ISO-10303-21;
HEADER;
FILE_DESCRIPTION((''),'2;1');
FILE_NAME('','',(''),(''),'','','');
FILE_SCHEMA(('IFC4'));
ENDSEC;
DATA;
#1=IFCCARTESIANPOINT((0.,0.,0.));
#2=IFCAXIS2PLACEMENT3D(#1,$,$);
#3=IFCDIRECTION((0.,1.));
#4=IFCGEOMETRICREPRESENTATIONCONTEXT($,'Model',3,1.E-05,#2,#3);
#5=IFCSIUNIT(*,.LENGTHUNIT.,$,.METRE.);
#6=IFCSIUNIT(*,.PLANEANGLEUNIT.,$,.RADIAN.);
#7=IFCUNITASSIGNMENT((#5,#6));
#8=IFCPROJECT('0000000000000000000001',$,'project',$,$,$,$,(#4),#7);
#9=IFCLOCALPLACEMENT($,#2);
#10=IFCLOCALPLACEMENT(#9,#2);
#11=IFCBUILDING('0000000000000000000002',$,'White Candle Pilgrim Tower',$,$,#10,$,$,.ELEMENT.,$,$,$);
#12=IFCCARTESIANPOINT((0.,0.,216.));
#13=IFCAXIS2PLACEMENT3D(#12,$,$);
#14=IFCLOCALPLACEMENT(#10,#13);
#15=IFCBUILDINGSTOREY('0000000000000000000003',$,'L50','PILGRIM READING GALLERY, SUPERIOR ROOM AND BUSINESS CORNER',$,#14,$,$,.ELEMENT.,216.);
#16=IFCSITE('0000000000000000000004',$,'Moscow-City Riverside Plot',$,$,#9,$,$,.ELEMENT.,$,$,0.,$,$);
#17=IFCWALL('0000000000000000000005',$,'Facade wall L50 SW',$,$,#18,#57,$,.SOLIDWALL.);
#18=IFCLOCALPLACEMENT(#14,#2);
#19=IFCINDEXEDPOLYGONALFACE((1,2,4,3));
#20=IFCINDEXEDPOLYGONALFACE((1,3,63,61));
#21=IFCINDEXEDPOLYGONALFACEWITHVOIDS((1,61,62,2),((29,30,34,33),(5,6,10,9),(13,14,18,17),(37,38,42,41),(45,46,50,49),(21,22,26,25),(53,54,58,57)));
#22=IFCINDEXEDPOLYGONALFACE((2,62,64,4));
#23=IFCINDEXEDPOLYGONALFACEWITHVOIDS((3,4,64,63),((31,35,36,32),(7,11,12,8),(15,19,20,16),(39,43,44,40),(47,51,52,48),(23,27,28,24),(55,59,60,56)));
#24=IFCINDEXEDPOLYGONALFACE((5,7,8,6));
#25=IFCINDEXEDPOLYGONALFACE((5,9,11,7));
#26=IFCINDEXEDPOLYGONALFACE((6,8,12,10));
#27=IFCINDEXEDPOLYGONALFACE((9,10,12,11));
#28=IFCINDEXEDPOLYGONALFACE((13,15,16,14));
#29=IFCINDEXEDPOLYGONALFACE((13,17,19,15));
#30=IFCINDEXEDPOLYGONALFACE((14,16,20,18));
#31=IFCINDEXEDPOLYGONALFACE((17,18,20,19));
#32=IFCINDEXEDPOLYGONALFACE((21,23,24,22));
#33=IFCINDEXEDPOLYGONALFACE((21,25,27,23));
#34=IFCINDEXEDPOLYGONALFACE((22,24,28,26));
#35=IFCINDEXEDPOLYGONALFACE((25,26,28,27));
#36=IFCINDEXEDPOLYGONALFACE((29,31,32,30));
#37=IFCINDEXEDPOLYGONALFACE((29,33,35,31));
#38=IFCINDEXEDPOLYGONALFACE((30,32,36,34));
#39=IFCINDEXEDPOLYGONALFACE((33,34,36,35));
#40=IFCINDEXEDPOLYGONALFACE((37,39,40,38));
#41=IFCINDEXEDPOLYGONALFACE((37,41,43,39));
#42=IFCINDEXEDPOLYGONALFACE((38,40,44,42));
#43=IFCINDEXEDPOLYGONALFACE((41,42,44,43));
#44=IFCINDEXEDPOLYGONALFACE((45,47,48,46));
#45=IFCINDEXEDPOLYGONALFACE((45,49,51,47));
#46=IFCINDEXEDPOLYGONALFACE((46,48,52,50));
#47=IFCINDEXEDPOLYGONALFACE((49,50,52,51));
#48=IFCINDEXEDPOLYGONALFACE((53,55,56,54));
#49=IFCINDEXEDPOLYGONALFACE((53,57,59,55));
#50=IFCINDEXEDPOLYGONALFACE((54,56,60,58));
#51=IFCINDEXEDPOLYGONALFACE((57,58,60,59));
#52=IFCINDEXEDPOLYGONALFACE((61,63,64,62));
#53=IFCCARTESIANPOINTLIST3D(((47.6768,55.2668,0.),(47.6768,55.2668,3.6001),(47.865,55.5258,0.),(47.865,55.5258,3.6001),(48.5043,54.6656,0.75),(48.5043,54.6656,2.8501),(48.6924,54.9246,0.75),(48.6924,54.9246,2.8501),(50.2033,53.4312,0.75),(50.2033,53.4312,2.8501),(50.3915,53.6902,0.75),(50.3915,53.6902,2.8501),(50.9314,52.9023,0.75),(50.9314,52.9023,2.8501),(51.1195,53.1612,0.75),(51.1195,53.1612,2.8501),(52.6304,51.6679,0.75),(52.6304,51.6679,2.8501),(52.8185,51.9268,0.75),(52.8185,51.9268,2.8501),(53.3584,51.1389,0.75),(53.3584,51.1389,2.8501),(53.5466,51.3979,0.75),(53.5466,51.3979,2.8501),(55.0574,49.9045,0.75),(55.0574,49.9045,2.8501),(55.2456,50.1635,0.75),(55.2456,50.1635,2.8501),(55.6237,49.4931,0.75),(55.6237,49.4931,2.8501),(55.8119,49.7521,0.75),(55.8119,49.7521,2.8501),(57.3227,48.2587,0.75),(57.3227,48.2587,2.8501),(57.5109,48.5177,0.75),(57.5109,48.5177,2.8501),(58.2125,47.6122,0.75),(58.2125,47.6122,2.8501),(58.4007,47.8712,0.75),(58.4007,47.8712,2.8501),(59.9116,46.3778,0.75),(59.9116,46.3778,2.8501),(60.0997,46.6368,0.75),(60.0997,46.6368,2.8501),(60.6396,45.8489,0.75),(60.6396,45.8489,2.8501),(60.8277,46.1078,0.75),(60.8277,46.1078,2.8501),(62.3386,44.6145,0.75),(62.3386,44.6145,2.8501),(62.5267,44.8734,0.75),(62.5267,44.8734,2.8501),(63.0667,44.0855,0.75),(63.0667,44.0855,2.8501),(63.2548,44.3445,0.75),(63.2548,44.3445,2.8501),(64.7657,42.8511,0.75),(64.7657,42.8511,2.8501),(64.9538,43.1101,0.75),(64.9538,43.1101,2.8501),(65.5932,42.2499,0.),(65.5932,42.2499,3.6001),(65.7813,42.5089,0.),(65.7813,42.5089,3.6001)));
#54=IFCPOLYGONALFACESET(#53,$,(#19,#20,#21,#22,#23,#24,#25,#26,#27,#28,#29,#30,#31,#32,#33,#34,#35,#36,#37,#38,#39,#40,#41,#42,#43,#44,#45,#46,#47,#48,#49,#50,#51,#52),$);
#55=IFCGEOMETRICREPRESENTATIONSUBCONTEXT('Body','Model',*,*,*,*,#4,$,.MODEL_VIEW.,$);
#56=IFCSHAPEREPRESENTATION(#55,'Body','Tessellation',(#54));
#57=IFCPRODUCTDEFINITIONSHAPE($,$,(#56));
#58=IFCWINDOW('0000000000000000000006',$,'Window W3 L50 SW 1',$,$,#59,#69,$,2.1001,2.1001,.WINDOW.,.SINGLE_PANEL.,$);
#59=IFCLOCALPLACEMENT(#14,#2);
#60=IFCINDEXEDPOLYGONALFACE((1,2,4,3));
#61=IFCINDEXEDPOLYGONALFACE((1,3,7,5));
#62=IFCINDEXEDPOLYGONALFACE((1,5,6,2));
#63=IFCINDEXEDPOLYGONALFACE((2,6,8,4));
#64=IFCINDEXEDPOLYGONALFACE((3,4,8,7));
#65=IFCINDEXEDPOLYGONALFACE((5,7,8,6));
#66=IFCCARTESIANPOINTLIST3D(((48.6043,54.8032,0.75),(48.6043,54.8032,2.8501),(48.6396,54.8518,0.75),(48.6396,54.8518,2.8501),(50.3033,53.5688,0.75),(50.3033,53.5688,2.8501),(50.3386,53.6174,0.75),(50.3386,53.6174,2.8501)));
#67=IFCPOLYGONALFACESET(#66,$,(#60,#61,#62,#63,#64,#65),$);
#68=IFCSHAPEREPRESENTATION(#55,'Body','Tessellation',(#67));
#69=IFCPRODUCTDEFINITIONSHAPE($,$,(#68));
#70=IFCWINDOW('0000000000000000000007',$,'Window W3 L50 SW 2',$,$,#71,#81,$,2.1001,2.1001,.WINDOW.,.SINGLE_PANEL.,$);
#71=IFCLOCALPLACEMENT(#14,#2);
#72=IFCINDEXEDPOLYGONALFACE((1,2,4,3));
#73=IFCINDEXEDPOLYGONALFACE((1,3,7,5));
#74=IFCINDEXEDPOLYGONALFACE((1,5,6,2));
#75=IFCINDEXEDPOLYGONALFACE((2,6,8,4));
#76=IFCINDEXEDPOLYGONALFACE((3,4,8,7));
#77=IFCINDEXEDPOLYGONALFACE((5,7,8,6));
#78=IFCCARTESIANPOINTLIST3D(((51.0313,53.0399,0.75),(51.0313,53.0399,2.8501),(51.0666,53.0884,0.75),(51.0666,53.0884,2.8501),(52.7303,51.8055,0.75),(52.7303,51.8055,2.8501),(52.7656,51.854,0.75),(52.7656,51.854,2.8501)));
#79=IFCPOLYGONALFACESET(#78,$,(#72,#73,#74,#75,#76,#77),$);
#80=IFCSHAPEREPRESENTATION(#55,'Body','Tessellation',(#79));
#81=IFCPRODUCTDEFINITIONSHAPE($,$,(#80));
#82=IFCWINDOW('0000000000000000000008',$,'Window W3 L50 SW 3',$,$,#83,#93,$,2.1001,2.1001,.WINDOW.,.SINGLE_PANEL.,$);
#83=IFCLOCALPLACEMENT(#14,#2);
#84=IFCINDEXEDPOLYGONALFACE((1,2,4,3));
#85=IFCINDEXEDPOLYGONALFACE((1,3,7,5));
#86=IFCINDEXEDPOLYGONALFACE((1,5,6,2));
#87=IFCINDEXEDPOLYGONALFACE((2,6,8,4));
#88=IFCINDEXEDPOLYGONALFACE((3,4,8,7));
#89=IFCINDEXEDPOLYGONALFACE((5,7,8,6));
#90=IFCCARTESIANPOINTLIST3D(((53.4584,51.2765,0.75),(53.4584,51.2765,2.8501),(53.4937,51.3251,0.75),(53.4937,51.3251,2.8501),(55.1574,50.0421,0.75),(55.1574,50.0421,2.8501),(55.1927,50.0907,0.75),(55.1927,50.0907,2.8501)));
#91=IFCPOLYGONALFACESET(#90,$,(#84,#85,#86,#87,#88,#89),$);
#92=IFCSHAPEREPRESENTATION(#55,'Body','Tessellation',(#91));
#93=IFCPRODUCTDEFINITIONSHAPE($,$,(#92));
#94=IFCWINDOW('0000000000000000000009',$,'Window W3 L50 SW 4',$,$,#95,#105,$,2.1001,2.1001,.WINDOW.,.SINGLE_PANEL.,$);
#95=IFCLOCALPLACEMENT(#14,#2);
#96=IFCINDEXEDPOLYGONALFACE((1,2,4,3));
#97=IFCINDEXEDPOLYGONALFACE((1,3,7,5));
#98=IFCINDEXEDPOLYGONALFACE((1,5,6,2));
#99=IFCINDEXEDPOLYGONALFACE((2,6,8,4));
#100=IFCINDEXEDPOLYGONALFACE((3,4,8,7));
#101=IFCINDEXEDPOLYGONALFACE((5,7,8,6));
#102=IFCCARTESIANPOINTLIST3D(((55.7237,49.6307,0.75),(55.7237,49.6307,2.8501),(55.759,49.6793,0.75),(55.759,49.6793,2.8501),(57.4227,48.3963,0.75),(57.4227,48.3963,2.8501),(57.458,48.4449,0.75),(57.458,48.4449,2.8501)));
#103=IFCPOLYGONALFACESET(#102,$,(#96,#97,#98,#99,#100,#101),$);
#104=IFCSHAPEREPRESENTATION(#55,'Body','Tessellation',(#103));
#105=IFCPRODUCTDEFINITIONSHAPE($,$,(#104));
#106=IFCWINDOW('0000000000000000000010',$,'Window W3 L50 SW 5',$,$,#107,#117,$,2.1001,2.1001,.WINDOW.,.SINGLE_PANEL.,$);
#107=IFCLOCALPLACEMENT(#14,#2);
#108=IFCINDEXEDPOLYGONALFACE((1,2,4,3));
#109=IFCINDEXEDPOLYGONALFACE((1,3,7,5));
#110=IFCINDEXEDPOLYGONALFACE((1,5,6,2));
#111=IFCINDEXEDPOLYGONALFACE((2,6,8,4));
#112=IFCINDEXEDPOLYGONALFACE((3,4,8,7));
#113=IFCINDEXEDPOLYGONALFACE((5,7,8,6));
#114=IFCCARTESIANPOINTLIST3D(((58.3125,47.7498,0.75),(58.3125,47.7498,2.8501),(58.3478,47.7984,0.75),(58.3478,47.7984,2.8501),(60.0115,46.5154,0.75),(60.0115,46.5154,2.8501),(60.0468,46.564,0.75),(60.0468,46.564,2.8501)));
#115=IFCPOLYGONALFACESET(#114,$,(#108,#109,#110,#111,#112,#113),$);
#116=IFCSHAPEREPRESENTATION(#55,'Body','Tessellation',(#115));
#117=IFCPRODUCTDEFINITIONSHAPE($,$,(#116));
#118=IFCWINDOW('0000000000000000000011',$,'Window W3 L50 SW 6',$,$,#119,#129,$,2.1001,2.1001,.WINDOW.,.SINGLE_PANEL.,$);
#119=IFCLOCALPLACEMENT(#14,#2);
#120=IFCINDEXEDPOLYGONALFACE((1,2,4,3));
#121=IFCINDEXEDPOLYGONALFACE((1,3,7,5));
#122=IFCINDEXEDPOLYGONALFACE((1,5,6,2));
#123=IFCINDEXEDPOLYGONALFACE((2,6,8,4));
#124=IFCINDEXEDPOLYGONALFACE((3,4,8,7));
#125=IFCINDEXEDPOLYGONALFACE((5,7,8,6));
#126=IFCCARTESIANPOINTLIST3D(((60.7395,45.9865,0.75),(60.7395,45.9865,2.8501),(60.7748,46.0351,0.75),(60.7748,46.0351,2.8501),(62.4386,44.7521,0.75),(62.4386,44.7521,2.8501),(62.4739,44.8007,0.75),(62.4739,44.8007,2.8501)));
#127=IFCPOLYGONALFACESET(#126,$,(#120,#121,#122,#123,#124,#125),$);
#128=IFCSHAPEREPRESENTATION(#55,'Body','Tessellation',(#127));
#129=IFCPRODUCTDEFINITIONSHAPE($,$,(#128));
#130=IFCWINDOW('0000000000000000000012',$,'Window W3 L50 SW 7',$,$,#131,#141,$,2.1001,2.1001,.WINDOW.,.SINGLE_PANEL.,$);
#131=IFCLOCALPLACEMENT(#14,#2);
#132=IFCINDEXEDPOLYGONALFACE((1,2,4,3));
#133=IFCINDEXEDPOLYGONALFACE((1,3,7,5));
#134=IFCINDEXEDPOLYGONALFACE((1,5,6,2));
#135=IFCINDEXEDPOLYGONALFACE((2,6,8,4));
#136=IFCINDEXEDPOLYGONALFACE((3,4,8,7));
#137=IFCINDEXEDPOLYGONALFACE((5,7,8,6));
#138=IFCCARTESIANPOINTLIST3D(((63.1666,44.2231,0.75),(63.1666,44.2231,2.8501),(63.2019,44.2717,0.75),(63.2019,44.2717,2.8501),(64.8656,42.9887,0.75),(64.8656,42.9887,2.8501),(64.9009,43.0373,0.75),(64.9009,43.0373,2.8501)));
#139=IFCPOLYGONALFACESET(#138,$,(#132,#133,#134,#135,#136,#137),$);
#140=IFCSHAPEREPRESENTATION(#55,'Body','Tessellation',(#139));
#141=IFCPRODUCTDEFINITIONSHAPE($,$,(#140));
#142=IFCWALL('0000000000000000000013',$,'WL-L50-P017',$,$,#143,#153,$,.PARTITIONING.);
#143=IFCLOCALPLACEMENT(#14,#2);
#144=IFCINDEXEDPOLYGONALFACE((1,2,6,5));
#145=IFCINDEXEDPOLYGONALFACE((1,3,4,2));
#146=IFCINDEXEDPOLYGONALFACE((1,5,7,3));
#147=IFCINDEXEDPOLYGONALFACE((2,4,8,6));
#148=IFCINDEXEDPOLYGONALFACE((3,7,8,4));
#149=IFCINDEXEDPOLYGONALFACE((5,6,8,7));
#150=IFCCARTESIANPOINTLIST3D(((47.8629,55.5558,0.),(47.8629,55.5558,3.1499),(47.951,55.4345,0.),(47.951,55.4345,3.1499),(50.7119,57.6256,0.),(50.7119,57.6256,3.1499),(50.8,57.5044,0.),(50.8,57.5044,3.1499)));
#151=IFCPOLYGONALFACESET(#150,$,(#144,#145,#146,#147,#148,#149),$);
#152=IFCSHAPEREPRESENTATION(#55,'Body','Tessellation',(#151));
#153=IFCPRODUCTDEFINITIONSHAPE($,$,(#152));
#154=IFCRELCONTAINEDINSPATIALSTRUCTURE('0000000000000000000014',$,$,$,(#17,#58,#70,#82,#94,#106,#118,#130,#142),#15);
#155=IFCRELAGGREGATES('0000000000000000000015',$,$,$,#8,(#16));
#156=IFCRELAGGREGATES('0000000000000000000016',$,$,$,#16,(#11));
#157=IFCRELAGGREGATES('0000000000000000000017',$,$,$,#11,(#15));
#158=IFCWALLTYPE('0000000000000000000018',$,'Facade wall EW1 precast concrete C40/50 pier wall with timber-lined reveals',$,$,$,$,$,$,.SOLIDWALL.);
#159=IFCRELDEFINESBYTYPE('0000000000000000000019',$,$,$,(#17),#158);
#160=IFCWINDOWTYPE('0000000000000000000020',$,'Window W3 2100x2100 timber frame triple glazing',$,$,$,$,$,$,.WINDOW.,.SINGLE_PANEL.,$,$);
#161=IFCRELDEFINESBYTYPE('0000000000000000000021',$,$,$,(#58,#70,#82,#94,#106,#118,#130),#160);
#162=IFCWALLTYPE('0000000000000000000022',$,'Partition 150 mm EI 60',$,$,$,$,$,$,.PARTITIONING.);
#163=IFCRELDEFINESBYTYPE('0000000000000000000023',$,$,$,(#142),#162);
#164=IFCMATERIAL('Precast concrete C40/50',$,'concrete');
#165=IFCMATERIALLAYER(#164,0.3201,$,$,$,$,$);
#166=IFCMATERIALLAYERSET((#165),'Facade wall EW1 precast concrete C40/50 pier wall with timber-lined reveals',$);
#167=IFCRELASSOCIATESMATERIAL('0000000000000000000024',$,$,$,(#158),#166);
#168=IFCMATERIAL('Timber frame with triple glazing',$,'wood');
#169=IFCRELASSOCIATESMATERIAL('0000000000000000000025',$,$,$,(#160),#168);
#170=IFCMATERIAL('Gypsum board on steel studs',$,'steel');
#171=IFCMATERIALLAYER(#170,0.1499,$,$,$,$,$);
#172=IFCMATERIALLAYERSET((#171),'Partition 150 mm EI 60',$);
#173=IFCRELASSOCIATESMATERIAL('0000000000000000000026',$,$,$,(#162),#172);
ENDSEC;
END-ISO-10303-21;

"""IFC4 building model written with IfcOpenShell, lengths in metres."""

from ifc_helpers import new_model, si_unit, direction, frame, frame_2d, origin, place, context, subcontext, project, spatial, rectangle, extrude, material, layer, layer_set, type_object, element, fill, save


model = new_model("IFC4")

# Units and contexts
model_context = context("Model", 3, precision=1e-05, world=origin(), true_north=direction((0.0, 1.0)))
body_context = subcontext(model_context, "Body", "Model", "MODEL_VIEW")
ifc_project = project(units=[si_unit("LENGTHUNIT", "METRE"), si_unit("PLANEANGLEUNIT", "RADIAN")], contexts=[model_context])

# Site, building, storey
site_placement = place(None, origin())
site = spatial("IfcSite", under=ifc_project, at=site_placement, Name="Moscow-City Riverside Plot", CompositionType="ELEMENT", RefElevation=0.0)
building_placement = place(site_placement, origin())
building = spatial("IfcBuilding", under=site, at=building_placement, Name="White Candle Pilgrim Tower", CompositionType="ELEMENT")
storey_placement = place(building_placement, frame((0.0, 0.0, 216.0)))
storey = spatial("IfcBuildingStorey", under=building, at=storey_placement, Name="L50", Description="PILGRIM READING GALLERY, SUPERIOR ROOM AND BUSINESS CORNER", CompositionType="ELEMENT", Elevation=216.0)

# Shared definitions
ifc_material_1 = material(Name="Gypsum board on steel studs", Category="steel")

# Wall, openings, windows
ifc_material_2 = material(Name="Precast concrete C40/50", Category="concrete")
ifc_layer_1 = layer(ifc_material_2, 0.3201)
ifc_layer_set_1 = layer_set([ifc_layer_1], Name="Facade wall EW1 precast concrete C40/50 pier wall with timber-lined reveals")
wall_type_1 = type_object("IfcWallType", Name="Facade wall EW1 precast concrete C40/50 pier wall with timber-lined reveals", PredefinedType="SOLIDWALL", material=ifc_layer_set_1)
ifc_material_3 = material(Name="Timber frame with triple glazing", Category="wood")
wall_1_placement = place(storey_placement, frame((47.771, 55.3962, 0.0), z_axis=(0.0, 0.0, 1.0), x_axis=(0.809019, -0.587783, 0.0)))
wall_1 = element("IfcWall", 1, at=wall_1_placement, inside=storey, type_object=wall_type_1, Name="Facade wall L50 SW", PredefinedType="SOLIDWALL", context=body_context, shape_type="SweptSolid", body=[
    extrude(rectangle(XDim=22.1458, YDim=0.3201, at=frame_2d((11.0728, 0.0))), origin(), (0.0, 0.0, 1.0), 3.6001),
])
opening_1_placement = place(wall_1_placement, frame((1.0227, 0.0, 0.75)))
opening_1 = element("IfcOpeningElement", 2, at=opening_1_placement, cuts=wall_1, PredefinedType="OPENING", context=body_context, shape_type="SweptSolid", body=[
    extrude(rectangle(XDim=2.1001, YDim=2.1001, at=frame_2d((1.05, 1.05))), frame((0.0, 0.1699, 0.0), z_axis=(0.0, -1.0, 0.0), x_axis=(1.0, 0.0, 0.0)), (0.0, 0.0, 1.0), 0.3401),
])
opening_2_placement = place(wall_1_placement, frame((4.0227, 0.0, 0.75)))
opening_2 = element("IfcOpeningElement", 3, at=opening_2_placement, cuts=wall_1, PredefinedType="OPENING", context=body_context, shape_type="SweptSolid", body=[
    extrude(rectangle(XDim=2.1001, YDim=2.1001, at=frame_2d((1.05, 1.05))), frame((0.0, 0.1699, 0.0), z_axis=(0.0, -1.0, 0.0), x_axis=(1.0, 0.0, 0.0)), (0.0, 0.0, 1.0), 0.3401),
])
opening_3_placement = place(wall_1_placement, frame((7.0227, 0.0, 0.75)))
opening_3 = element("IfcOpeningElement", 4, at=opening_3_placement, cuts=wall_1, PredefinedType="OPENING", context=body_context, shape_type="SweptSolid", body=[
    extrude(rectangle(XDim=2.1001, YDim=2.1001, at=frame_2d((1.05, 1.05))), frame((0.0, 0.1699, 0.0), z_axis=(0.0, -1.0, 0.0), x_axis=(1.0, 0.0, 0.0)), (0.0, 0.0, 1.0), 0.3401),
])
opening_4_placement = place(wall_1_placement, frame((9.8228, 0.0, 0.75)))
opening_4 = element("IfcOpeningElement", 5, at=opening_4_placement, cuts=wall_1, PredefinedType="OPENING", context=body_context, shape_type="SweptSolid", body=[
    extrude(rectangle(XDim=2.1001, YDim=2.1001, at=frame_2d((1.05, 1.05))), frame((0.0, 0.1699, 0.0), z_axis=(0.0, -1.0, 0.0), x_axis=(1.0, 0.0, 0.0)), (0.0, 0.0, 1.0), 0.3401),
])
opening_5_placement = place(wall_1_placement, frame((13.0227, 0.0, 0.75)))
opening_5 = element("IfcOpeningElement", 6, at=opening_5_placement, cuts=wall_1, PredefinedType="OPENING", context=body_context, shape_type="SweptSolid", body=[
    extrude(rectangle(XDim=2.1001, YDim=2.1001, at=frame_2d((1.05, 1.05))), frame((0.0, 0.1699, 0.0), z_axis=(0.0, -1.0, 0.0), x_axis=(1.0, 0.0, 0.0)), (0.0, 0.0, 1.0), 0.3401),
])
opening_6_placement = place(wall_1_placement, frame((16.0227, 0.0, 0.75)))
opening_6 = element("IfcOpeningElement", 7, at=opening_6_placement, cuts=wall_1, PredefinedType="OPENING", context=body_context, shape_type="SweptSolid", body=[
    extrude(rectangle(XDim=2.1001, YDim=2.1001, at=frame_2d((1.05, 1.05))), frame((0.0, 0.1699, 0.0), z_axis=(0.0, -1.0, 0.0), x_axis=(1.0, 0.0, 0.0)), (0.0, 0.0, 1.0), 0.3401),
])
opening_7_placement = place(wall_1_placement, frame((19.0227, 0.0, 0.75)))
opening_7 = element("IfcOpeningElement", 8, at=opening_7_placement, cuts=wall_1, PredefinedType="OPENING", context=body_context, shape_type="SweptSolid", body=[
    extrude(rectangle(XDim=2.1001, YDim=2.1001, at=frame_2d((1.05, 1.05))), frame((0.0, 0.1699, 0.0), z_axis=(0.0, -1.0, 0.0), x_axis=(1.0, 0.0, 0.0)), (0.0, 0.0, 1.0), 0.3401),
])
window_type_1 = type_object("IfcWindowType", Name="Window W3 2100x2100 timber frame triple glazing", PartitioningType="SINGLE_PANEL", PredefinedType="WINDOW", material=ifc_material_3)
window_1_placement = place(opening_1_placement, origin())
window_1 = element("IfcWindow", 9, at=window_1_placement, inside=storey, type_object=window_type_1, Name="Window W3 L50 SW 1", OverallHeight=2.1001, OverallWidth=2.1001, PartitioningType="SINGLE_PANEL", PredefinedType="WINDOW", context=body_context, shape_type="SweptSolid", body=[
    extrude(rectangle(XDim=2.1001, YDim=2.1001, at=frame_2d((1.05, 1.05))), frame((0.0, 0.0701, 0.0), z_axis=(0.0, -1.0, 0.0), x_axis=(1.0, 0.0, 0.0)), (0.0, 0.0, 1.0), 0.0601),
])
fill(opening_1, window_1)
window_2_placement = place(opening_2_placement, origin())
window_2 = element("IfcWindow", 10, at=window_2_placement, inside=storey, type_object=window_type_1, Name="Window W3 L50 SW 2", OverallHeight=2.1001, OverallWidth=2.1001, PartitioningType="SINGLE_PANEL", PredefinedType="WINDOW", context=body_context, shape_type="SweptSolid", body=[
    extrude(rectangle(XDim=2.1001, YDim=2.1001, at=frame_2d((1.05, 1.05))), frame((0.0, 0.0701, 0.0), z_axis=(0.0, -1.0, 0.0), x_axis=(1.0, 0.0, 0.0)), (0.0, 0.0, 1.0), 0.0601),
])
fill(opening_2, window_2)
window_3_placement = place(opening_3_placement, origin())
window_3 = element("IfcWindow", 11, at=window_3_placement, inside=storey, type_object=window_type_1, Name="Window W3 L50 SW 3", OverallHeight=2.1001, OverallWidth=2.1001, PartitioningType="SINGLE_PANEL", PredefinedType="WINDOW", context=body_context, shape_type="SweptSolid", body=[
    extrude(rectangle(XDim=2.1001, YDim=2.1001, at=frame_2d((1.05, 1.05))), frame((0.0, 0.0701, 0.0), z_axis=(0.0, -1.0, 0.0), x_axis=(1.0, 0.0, 0.0)), (0.0, 0.0, 1.0), 0.0601),
])
fill(opening_3, window_3)
window_4_placement = place(opening_4_placement, origin())
window_4 = element("IfcWindow", 12, at=window_4_placement, inside=storey, type_object=window_type_1, Name="Window W3 L50 SW 4", OverallHeight=2.1001, OverallWidth=2.1001, PartitioningType="SINGLE_PANEL", PredefinedType="WINDOW", context=body_context, shape_type="SweptSolid", body=[
    extrude(rectangle(XDim=2.1001, YDim=2.1001, at=frame_2d((1.05, 1.05))), frame((0.0, 0.0701, 0.0), z_axis=(0.0, -1.0, 0.0), x_axis=(1.0, 0.0, 0.0)), (0.0, 0.0, 1.0), 0.0601),
])
fill(opening_4, window_4)
window_5_placement = place(opening_5_placement, origin())
window_5 = element("IfcWindow", 13, at=window_5_placement, inside=storey, type_object=window_type_1, Name="Window W3 L50 SW 5", OverallHeight=2.1001, OverallWidth=2.1001, PartitioningType="SINGLE_PANEL", PredefinedType="WINDOW", context=body_context, shape_type="SweptSolid", body=[
    extrude(rectangle(XDim=2.1001, YDim=2.1001, at=frame_2d((1.05, 1.05))), frame((0.0, 0.0701, 0.0), z_axis=(0.0, -1.0, 0.0), x_axis=(1.0, 0.0, 0.0)), (0.0, 0.0, 1.0), 0.0601),
])
fill(opening_5, window_5)
window_6_placement = place(opening_6_placement, origin())
window_6 = element("IfcWindow", 14, at=window_6_placement, inside=storey, type_object=window_type_1, Name="Window W3 L50 SW 6", OverallHeight=2.1001, OverallWidth=2.1001, PartitioningType="SINGLE_PANEL", PredefinedType="WINDOW", context=body_context, shape_type="SweptSolid", body=[
    extrude(rectangle(XDim=2.1001, YDim=2.1001, at=frame_2d((1.05, 1.05))), frame((0.0, 0.0701, 0.0), z_axis=(0.0, -1.0, 0.0), x_axis=(1.0, 0.0, 0.0)), (0.0, 0.0, 1.0), 0.0601),
])
fill(opening_6, window_6)
window_7_placement = place(opening_7_placement, origin())
window_7 = element("IfcWindow", 15, at=window_7_placement, inside=storey, type_object=window_type_1, Name="Window W3 L50 SW 7", OverallHeight=2.1001, OverallWidth=2.1001, PartitioningType="SINGLE_PANEL", PredefinedType="WINDOW", context=body_context, shape_type="SweptSolid", body=[
    extrude(rectangle(XDim=2.1001, YDim=2.1001, at=frame_2d((1.05, 1.05))), frame((0.0, 0.0701, 0.0), z_axis=(0.0, -1.0, 0.0), x_axis=(1.0, 0.0, 0.0)), (0.0, 0.0, 1.0), 0.0601),
])
fill(opening_7, window_7)

# Wall
ifc_layer_2 = layer(ifc_material_1, 0.1499)
ifc_layer_set_2 = layer_set([ifc_layer_2], Name="Partition 150 mm EI 60")
wall_type_2 = type_object("IfcWallType", Name="Partition 150 mm EI 60", PredefinedType="PARTITIONING", material=ifc_layer_set_2)
wall_2_placement = place(storey_placement, frame((47.907, 55.4951, 0.0), z_axis=(0.0, 0.0, 1.0), x_axis=(0.809018, 0.587784, 0.0)))
element("IfcWall", 16, at=wall_2_placement, inside=storey, type_object=wall_type_2, Name="WL-L50-P017", PredefinedType="PARTITIONING", context=body_context, shape_type="SweptSolid", body=[
    extrude(rectangle(XDim=3.5215, YDim=0.1499, at=frame_2d((1.7607, 0.0))), origin(), (0.0, 0.0, 1.0), 3.1499),
])

save(model, "model.ifc")
